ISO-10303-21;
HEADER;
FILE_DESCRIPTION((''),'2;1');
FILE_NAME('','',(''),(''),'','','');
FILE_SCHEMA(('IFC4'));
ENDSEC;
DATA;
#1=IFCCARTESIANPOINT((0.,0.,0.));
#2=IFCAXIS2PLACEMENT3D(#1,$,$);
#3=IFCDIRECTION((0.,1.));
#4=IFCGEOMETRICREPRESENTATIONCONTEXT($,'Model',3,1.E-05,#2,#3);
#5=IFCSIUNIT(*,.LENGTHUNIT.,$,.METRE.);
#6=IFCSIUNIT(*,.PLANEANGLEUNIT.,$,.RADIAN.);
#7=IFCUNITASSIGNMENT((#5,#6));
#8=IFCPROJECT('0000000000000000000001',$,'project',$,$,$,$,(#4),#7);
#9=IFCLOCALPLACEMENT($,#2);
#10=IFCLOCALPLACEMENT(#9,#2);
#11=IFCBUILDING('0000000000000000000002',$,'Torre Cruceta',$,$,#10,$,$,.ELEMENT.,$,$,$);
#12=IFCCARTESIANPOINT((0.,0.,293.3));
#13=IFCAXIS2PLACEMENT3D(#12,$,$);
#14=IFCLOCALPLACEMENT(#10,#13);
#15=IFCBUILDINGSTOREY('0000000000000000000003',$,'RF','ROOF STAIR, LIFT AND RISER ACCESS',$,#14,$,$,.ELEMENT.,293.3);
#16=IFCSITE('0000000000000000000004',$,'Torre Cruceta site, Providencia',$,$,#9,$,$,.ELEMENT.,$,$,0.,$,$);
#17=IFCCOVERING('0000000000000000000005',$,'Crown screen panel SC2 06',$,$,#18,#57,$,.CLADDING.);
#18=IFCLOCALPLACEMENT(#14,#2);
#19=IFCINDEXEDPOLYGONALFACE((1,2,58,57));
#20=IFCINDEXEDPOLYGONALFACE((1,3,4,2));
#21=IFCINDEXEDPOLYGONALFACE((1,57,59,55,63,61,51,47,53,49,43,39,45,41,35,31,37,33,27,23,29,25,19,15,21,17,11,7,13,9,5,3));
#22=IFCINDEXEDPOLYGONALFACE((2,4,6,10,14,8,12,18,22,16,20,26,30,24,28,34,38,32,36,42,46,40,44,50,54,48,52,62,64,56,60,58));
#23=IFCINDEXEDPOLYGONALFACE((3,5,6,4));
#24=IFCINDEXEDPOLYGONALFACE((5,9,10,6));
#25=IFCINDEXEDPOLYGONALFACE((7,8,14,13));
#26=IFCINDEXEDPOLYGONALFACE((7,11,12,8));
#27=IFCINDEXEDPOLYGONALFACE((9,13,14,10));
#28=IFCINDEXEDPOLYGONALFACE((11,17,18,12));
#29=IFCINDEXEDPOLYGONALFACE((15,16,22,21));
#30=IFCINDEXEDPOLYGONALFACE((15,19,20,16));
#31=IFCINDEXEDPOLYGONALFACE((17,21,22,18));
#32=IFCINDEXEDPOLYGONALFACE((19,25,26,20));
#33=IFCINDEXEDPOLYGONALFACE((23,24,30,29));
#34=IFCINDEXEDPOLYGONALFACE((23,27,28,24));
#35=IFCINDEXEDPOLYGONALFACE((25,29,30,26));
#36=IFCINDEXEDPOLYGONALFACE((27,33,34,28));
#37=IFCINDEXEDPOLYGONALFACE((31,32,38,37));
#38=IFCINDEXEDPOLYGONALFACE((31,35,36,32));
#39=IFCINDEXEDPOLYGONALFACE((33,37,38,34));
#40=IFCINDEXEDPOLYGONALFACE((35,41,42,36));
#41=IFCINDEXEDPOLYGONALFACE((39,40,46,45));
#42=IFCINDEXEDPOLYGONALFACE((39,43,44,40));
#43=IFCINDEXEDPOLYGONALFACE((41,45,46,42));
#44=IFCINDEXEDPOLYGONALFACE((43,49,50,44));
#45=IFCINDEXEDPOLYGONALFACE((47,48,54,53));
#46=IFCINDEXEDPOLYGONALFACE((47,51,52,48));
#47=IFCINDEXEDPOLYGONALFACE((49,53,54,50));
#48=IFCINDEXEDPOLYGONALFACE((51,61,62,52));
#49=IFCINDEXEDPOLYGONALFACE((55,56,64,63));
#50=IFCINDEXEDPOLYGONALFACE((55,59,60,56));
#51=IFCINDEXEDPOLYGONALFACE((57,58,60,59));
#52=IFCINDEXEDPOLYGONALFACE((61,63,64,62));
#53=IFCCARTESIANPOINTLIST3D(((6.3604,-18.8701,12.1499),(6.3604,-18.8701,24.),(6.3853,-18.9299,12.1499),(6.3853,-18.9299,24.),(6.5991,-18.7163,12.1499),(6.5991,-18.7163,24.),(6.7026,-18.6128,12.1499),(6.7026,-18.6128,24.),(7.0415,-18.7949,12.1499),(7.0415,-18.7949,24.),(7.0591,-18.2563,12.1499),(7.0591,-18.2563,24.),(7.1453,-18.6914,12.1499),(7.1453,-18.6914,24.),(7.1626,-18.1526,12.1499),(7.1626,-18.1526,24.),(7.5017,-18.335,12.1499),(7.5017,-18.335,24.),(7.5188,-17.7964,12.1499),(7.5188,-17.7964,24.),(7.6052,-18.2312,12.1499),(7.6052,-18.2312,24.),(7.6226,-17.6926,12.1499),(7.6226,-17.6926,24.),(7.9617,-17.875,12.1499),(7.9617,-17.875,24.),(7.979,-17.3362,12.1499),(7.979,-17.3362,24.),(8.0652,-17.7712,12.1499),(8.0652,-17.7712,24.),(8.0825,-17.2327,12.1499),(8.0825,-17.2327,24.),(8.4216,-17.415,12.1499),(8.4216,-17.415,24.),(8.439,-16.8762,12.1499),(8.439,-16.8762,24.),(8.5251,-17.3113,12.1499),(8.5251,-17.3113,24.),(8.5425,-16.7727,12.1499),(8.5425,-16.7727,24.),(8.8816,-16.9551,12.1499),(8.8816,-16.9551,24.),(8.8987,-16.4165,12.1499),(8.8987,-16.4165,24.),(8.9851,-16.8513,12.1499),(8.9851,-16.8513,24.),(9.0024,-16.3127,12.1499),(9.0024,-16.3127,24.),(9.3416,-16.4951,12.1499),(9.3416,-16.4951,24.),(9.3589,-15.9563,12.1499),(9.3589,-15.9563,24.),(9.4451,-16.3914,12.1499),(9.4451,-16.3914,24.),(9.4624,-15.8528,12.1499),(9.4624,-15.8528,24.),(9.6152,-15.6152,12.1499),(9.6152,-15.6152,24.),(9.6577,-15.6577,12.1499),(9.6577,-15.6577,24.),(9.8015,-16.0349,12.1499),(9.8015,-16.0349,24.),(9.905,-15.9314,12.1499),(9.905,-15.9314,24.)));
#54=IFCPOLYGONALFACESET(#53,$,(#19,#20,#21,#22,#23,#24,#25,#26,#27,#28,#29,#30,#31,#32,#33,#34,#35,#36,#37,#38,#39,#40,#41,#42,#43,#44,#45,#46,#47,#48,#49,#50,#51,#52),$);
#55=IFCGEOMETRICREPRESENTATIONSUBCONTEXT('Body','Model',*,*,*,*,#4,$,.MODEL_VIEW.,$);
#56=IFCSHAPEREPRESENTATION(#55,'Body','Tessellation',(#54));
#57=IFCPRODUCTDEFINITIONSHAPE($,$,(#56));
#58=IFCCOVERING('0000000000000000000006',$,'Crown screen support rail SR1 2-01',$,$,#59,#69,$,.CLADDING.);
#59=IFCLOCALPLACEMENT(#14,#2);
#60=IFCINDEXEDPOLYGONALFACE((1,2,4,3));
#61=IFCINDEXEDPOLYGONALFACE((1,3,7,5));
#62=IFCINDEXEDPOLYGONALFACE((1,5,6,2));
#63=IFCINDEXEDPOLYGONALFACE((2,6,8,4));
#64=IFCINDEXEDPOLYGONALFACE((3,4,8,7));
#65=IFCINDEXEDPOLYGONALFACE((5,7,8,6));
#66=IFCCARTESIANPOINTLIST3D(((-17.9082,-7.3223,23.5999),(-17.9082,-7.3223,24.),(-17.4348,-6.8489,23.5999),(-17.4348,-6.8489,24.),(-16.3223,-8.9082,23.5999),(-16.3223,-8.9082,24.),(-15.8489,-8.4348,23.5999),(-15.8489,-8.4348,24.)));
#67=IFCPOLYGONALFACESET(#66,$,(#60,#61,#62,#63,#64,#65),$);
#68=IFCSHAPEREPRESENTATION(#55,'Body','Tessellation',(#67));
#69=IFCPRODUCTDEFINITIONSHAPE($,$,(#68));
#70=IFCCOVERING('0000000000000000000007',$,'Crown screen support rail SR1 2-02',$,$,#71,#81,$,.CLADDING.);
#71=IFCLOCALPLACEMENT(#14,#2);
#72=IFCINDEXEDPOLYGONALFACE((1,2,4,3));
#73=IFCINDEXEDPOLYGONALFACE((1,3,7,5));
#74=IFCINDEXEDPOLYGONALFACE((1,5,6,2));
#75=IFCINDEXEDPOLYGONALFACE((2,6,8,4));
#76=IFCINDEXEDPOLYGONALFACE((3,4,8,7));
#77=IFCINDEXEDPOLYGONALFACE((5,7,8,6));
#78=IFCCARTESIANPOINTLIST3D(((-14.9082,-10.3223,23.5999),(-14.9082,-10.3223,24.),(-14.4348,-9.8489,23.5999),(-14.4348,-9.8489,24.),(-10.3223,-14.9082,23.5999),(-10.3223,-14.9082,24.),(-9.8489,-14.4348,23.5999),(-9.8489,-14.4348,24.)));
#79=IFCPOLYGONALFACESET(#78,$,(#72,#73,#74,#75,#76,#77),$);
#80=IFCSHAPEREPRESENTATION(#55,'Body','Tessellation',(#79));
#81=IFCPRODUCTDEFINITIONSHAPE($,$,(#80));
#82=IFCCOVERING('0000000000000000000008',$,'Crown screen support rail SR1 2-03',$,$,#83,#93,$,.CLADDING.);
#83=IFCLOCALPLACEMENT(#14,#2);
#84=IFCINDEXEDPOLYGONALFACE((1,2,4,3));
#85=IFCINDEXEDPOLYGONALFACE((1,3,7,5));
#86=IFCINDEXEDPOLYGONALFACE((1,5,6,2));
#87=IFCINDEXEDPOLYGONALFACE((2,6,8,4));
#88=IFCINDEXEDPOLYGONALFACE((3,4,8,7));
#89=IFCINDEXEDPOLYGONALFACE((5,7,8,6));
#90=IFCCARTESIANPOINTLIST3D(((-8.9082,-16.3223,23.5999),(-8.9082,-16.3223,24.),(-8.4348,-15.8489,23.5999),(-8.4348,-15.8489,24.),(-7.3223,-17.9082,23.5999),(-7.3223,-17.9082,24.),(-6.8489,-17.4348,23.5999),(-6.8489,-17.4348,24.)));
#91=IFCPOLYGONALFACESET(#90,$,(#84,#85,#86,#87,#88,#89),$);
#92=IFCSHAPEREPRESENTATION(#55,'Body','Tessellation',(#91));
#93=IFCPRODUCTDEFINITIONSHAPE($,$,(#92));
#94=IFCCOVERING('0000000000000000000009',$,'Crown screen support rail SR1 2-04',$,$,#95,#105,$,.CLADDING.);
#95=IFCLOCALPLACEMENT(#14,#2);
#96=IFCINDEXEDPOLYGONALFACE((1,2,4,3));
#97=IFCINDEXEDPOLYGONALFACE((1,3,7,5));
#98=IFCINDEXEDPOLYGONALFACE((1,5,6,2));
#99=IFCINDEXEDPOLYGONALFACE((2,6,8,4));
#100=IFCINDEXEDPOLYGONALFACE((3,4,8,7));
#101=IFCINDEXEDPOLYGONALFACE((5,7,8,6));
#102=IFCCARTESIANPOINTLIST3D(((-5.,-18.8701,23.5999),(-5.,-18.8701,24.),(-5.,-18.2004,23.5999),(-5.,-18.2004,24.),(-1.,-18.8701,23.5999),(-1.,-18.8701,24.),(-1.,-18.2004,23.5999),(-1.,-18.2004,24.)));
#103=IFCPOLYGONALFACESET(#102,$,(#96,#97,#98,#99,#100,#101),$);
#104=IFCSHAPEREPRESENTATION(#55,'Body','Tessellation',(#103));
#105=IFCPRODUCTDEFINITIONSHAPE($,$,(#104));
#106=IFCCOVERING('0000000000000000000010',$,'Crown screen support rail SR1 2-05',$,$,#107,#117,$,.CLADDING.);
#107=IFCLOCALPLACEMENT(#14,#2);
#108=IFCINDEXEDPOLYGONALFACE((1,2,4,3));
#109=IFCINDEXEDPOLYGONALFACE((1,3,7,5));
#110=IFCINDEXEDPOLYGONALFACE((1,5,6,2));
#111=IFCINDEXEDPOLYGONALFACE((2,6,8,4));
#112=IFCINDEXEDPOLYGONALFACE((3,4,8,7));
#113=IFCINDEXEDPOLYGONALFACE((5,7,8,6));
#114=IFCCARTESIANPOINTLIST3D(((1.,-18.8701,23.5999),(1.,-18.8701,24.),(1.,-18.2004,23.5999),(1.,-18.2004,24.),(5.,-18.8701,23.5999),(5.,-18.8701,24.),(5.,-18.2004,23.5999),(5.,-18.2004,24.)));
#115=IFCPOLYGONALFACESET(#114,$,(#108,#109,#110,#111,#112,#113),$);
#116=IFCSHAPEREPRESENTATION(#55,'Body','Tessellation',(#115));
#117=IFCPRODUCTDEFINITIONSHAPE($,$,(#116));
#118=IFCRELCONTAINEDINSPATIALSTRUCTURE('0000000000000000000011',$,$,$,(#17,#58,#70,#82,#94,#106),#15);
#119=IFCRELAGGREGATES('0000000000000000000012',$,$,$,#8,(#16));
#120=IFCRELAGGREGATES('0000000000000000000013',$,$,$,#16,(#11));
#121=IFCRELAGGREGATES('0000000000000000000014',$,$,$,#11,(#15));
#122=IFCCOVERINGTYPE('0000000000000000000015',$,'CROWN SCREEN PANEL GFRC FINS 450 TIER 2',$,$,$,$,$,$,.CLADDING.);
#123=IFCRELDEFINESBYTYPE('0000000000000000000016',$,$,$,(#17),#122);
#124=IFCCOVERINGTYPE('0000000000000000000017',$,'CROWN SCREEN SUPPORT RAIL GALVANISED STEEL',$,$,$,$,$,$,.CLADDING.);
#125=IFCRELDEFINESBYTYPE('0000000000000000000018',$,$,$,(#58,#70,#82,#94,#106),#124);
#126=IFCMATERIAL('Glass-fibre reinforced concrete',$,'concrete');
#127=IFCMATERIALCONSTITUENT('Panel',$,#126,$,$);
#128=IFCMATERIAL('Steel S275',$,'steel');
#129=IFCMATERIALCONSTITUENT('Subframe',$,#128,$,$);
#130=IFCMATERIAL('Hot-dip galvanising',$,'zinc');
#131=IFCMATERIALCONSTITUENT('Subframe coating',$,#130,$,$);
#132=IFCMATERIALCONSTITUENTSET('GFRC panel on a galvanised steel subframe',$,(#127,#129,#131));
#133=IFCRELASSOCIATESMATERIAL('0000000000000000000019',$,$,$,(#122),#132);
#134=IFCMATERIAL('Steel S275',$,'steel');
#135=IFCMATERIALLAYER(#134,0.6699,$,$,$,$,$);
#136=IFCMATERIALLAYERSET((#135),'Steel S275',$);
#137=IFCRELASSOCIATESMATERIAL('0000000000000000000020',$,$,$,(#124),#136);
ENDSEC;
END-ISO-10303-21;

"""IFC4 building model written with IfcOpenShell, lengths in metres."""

from ifc_helpers import new_model, si_unit, direction, frame, origin, place, context, subcontext, project, spatial, polyline, outline, extrude, material, layer, layer_set, constituent, constituent_set, type_object, element, save


model = new_model("IFC4")

# Units and contexts
model_context = context("Model", 3, precision=1e-05, world=origin(), true_north=direction((0.0, 1.0)))
body_context = subcontext(model_context, "Body", "Model", "MODEL_VIEW")
ifc_project = project(units=[si_unit("LENGTHUNIT", "METRE"), si_unit("PLANEANGLEUNIT", "RADIAN")], contexts=[model_context])

# Site, building, storey
site_placement = place(None, origin())
site = spatial("IfcSite", under=ifc_project, at=site_placement, Name="Torre Cruceta site, Providencia", CompositionType="ELEMENT", RefElevation=0.0)
building_placement = place(site_placement, origin())
building = spatial("IfcBuilding", under=site, at=building_placement, Name="Torre Cruceta", CompositionType="ELEMENT")
storey_placement = place(building_placement, frame((0.0, 0.0, 293.3)))
storey = spatial("IfcBuildingStorey", under=building, at=storey_placement, Name="RF", Description="ROOF STAIR, LIFT AND RISER ACCESS", CompositionType="ELEMENT", Elevation=293.3)

# Coverings
ifc_material_1 = material(Name="Glass-fibre reinforced concrete", Category="concrete")
ifc_constituent_1 = constituent(ifc_material_1, Name="Panel")
ifc_material_2 = material(Name="Steel S275", Category="steel")
ifc_constituent_2 = constituent(ifc_material_2, Name="Subframe")
ifc_material_3 = material(Name="Hot-dip galvanising", Category="zinc")
ifc_constituent_3 = constituent(ifc_material_3, Name="Subframe coating")
ifc_constituent_set_1 = constituent_set(constituents=[ifc_constituent_1, ifc_constituent_2, ifc_constituent_3], Name="GFRC panel on a galvanised steel subframe")
covering_type_1 = type_object("IfcCoveringType", Name="CROWN SCREEN PANEL GFRC FINS 450 TIER 2", PredefinedType="CLADDING", material=ifc_constituent_set_1)
covering_1_placement = place(storey_placement, frame((0.0, 0.0, 12.1499)))
element("IfcCovering", 1, at=covering_1_placement, inside=storey, type_object=covering_type_1, Name="Crown screen panel SC2 06", PredefinedType="CLADDING", context=body_context, shape_type="SweptSolid", body=[
    extrude(outline(polyline([(7.1453, -18.6914), (6.7026, -18.6128), (7.0591, -18.2563), (7.5017, -18.335), (7.6052, -18.2312), (7.1626, -18.1526), (7.5188, -17.7964), (7.9617, -17.875), (8.0652, -17.7712), (7.6226, -17.6926), (7.979, -17.3362), (8.4216, -17.415), (8.5251, -17.3113), (8.0825, -17.2327), (8.439, -16.8762), (8.8816, -16.9551), (8.9851, -16.8513), (8.5425, -16.7727), (8.8987, -16.4165), (9.3416, -16.4951), (9.4451, -16.3914), (9.0024, -16.3127), (9.3589, -15.9563), (9.8015, -16.0349), (9.905, -15.9314), (9.4624, -15.8528), (9.6577, -15.6577), (9.6152, -15.6152), (6.3604, -18.8701), (6.3853, -18.9299), (6.5991, -18.7163), (7.0415, -18.7949), (7.1453, -18.6914)])), origin(), (0.0, 0.0, 1.0), 11.8501),
])
ifc_material_4 = material(Name="Steel S275", Category="steel")
ifc_layer_1 = layer(ifc_material_4, 0.6699)
ifc_layer_set_1 = layer_set([ifc_layer_1], Name="Steel S275")
covering_type_2 = type_object("IfcCoveringType", Name="CROWN SCREEN SUPPORT RAIL GALVANISED STEEL", PredefinedType="CLADDING", material=ifc_layer_set_1)
covering_2_placement = place(storey_placement, frame((0.0, 0.0, 23.5999)))
element("IfcCovering", 2, at=covering_2_placement, inside=storey, type_object=covering_type_2, Name="Crown screen support rail SR1 2-01", PredefinedType="CLADDING", context=body_context, shape_type="SweptSolid", body=[
    extrude(outline(polyline([(-17.9082, -7.3223), (-16.3223, -8.9082), (-15.8489, -8.4348), (-17.4348, -6.8489), (-17.9082, -7.3223)])), origin(), (0.0, 0.0, 1.0), 0.4001),
])
covering_3_placement = place(storey_placement, frame((0.0, 0.0, 23.5999)))
element("IfcCovering", 3, at=covering_3_placement, inside=storey, type_object=covering_type_2, Name="Crown screen support rail SR1 2-02", PredefinedType="CLADDING", context=body_context, shape_type="SweptSolid", body=[
    extrude(outline(polyline([(-14.9082, -10.3223), (-10.3223, -14.9082), (-9.8489, -14.4348), (-14.4348, -9.8489), (-14.9082, -10.3223)])), origin(), (0.0, 0.0, 1.0), 0.4001),
])
covering_4_placement = place(storey_placement, frame((0.0, 0.0, 23.5999)))
element("IfcCovering", 4, at=covering_4_placement, inside=storey, type_object=covering_type_2, Name="Crown screen support rail SR1 2-03", PredefinedType="CLADDING", context=body_context, shape_type="SweptSolid", body=[
    extrude(outline(polyline([(-8.9082, -16.3223), (-7.3223, -17.9082), (-6.8489, -17.4348), (-8.4348, -15.8489), (-8.9082, -16.3223)])), origin(), (0.0, 0.0, 1.0), 0.4001),
])
covering_5_placement = place(storey_placement, frame((0.0, 0.0, 23.5999)))
element("IfcCovering", 5, at=covering_5_placement, inside=storey, type_object=covering_type_2, Name="Crown screen support rail SR1 2-04", PredefinedType="CLADDING", context=body_context, shape_type="SweptSolid", body=[
    extrude(outline(polyline([(-5.0, -18.8701), (-1.0, -18.8701), (-1.0, -18.2004), (-5.0, -18.2004), (-5.0, -18.8701)])), origin(), (0.0, 0.0, 1.0), 0.4001),
])
covering_6_placement = place(storey_placement, frame((0.0, 0.0, 23.5999)))
element("IfcCovering", 6, at=covering_6_placement, inside=storey, type_object=covering_type_2, Name="Crown screen support rail SR1 2-05", PredefinedType="CLADDING", context=body_context, shape_type="SweptSolid", body=[
    extrude(outline(polyline([(1.0, -18.8701), (5.0, -18.8701), (5.0, -18.2004), (1.0, -18.2004), (1.0, -18.8701)])), origin(), (0.0, 0.0, 1.0), 0.4001),
])

save(model, "model.ifc")
